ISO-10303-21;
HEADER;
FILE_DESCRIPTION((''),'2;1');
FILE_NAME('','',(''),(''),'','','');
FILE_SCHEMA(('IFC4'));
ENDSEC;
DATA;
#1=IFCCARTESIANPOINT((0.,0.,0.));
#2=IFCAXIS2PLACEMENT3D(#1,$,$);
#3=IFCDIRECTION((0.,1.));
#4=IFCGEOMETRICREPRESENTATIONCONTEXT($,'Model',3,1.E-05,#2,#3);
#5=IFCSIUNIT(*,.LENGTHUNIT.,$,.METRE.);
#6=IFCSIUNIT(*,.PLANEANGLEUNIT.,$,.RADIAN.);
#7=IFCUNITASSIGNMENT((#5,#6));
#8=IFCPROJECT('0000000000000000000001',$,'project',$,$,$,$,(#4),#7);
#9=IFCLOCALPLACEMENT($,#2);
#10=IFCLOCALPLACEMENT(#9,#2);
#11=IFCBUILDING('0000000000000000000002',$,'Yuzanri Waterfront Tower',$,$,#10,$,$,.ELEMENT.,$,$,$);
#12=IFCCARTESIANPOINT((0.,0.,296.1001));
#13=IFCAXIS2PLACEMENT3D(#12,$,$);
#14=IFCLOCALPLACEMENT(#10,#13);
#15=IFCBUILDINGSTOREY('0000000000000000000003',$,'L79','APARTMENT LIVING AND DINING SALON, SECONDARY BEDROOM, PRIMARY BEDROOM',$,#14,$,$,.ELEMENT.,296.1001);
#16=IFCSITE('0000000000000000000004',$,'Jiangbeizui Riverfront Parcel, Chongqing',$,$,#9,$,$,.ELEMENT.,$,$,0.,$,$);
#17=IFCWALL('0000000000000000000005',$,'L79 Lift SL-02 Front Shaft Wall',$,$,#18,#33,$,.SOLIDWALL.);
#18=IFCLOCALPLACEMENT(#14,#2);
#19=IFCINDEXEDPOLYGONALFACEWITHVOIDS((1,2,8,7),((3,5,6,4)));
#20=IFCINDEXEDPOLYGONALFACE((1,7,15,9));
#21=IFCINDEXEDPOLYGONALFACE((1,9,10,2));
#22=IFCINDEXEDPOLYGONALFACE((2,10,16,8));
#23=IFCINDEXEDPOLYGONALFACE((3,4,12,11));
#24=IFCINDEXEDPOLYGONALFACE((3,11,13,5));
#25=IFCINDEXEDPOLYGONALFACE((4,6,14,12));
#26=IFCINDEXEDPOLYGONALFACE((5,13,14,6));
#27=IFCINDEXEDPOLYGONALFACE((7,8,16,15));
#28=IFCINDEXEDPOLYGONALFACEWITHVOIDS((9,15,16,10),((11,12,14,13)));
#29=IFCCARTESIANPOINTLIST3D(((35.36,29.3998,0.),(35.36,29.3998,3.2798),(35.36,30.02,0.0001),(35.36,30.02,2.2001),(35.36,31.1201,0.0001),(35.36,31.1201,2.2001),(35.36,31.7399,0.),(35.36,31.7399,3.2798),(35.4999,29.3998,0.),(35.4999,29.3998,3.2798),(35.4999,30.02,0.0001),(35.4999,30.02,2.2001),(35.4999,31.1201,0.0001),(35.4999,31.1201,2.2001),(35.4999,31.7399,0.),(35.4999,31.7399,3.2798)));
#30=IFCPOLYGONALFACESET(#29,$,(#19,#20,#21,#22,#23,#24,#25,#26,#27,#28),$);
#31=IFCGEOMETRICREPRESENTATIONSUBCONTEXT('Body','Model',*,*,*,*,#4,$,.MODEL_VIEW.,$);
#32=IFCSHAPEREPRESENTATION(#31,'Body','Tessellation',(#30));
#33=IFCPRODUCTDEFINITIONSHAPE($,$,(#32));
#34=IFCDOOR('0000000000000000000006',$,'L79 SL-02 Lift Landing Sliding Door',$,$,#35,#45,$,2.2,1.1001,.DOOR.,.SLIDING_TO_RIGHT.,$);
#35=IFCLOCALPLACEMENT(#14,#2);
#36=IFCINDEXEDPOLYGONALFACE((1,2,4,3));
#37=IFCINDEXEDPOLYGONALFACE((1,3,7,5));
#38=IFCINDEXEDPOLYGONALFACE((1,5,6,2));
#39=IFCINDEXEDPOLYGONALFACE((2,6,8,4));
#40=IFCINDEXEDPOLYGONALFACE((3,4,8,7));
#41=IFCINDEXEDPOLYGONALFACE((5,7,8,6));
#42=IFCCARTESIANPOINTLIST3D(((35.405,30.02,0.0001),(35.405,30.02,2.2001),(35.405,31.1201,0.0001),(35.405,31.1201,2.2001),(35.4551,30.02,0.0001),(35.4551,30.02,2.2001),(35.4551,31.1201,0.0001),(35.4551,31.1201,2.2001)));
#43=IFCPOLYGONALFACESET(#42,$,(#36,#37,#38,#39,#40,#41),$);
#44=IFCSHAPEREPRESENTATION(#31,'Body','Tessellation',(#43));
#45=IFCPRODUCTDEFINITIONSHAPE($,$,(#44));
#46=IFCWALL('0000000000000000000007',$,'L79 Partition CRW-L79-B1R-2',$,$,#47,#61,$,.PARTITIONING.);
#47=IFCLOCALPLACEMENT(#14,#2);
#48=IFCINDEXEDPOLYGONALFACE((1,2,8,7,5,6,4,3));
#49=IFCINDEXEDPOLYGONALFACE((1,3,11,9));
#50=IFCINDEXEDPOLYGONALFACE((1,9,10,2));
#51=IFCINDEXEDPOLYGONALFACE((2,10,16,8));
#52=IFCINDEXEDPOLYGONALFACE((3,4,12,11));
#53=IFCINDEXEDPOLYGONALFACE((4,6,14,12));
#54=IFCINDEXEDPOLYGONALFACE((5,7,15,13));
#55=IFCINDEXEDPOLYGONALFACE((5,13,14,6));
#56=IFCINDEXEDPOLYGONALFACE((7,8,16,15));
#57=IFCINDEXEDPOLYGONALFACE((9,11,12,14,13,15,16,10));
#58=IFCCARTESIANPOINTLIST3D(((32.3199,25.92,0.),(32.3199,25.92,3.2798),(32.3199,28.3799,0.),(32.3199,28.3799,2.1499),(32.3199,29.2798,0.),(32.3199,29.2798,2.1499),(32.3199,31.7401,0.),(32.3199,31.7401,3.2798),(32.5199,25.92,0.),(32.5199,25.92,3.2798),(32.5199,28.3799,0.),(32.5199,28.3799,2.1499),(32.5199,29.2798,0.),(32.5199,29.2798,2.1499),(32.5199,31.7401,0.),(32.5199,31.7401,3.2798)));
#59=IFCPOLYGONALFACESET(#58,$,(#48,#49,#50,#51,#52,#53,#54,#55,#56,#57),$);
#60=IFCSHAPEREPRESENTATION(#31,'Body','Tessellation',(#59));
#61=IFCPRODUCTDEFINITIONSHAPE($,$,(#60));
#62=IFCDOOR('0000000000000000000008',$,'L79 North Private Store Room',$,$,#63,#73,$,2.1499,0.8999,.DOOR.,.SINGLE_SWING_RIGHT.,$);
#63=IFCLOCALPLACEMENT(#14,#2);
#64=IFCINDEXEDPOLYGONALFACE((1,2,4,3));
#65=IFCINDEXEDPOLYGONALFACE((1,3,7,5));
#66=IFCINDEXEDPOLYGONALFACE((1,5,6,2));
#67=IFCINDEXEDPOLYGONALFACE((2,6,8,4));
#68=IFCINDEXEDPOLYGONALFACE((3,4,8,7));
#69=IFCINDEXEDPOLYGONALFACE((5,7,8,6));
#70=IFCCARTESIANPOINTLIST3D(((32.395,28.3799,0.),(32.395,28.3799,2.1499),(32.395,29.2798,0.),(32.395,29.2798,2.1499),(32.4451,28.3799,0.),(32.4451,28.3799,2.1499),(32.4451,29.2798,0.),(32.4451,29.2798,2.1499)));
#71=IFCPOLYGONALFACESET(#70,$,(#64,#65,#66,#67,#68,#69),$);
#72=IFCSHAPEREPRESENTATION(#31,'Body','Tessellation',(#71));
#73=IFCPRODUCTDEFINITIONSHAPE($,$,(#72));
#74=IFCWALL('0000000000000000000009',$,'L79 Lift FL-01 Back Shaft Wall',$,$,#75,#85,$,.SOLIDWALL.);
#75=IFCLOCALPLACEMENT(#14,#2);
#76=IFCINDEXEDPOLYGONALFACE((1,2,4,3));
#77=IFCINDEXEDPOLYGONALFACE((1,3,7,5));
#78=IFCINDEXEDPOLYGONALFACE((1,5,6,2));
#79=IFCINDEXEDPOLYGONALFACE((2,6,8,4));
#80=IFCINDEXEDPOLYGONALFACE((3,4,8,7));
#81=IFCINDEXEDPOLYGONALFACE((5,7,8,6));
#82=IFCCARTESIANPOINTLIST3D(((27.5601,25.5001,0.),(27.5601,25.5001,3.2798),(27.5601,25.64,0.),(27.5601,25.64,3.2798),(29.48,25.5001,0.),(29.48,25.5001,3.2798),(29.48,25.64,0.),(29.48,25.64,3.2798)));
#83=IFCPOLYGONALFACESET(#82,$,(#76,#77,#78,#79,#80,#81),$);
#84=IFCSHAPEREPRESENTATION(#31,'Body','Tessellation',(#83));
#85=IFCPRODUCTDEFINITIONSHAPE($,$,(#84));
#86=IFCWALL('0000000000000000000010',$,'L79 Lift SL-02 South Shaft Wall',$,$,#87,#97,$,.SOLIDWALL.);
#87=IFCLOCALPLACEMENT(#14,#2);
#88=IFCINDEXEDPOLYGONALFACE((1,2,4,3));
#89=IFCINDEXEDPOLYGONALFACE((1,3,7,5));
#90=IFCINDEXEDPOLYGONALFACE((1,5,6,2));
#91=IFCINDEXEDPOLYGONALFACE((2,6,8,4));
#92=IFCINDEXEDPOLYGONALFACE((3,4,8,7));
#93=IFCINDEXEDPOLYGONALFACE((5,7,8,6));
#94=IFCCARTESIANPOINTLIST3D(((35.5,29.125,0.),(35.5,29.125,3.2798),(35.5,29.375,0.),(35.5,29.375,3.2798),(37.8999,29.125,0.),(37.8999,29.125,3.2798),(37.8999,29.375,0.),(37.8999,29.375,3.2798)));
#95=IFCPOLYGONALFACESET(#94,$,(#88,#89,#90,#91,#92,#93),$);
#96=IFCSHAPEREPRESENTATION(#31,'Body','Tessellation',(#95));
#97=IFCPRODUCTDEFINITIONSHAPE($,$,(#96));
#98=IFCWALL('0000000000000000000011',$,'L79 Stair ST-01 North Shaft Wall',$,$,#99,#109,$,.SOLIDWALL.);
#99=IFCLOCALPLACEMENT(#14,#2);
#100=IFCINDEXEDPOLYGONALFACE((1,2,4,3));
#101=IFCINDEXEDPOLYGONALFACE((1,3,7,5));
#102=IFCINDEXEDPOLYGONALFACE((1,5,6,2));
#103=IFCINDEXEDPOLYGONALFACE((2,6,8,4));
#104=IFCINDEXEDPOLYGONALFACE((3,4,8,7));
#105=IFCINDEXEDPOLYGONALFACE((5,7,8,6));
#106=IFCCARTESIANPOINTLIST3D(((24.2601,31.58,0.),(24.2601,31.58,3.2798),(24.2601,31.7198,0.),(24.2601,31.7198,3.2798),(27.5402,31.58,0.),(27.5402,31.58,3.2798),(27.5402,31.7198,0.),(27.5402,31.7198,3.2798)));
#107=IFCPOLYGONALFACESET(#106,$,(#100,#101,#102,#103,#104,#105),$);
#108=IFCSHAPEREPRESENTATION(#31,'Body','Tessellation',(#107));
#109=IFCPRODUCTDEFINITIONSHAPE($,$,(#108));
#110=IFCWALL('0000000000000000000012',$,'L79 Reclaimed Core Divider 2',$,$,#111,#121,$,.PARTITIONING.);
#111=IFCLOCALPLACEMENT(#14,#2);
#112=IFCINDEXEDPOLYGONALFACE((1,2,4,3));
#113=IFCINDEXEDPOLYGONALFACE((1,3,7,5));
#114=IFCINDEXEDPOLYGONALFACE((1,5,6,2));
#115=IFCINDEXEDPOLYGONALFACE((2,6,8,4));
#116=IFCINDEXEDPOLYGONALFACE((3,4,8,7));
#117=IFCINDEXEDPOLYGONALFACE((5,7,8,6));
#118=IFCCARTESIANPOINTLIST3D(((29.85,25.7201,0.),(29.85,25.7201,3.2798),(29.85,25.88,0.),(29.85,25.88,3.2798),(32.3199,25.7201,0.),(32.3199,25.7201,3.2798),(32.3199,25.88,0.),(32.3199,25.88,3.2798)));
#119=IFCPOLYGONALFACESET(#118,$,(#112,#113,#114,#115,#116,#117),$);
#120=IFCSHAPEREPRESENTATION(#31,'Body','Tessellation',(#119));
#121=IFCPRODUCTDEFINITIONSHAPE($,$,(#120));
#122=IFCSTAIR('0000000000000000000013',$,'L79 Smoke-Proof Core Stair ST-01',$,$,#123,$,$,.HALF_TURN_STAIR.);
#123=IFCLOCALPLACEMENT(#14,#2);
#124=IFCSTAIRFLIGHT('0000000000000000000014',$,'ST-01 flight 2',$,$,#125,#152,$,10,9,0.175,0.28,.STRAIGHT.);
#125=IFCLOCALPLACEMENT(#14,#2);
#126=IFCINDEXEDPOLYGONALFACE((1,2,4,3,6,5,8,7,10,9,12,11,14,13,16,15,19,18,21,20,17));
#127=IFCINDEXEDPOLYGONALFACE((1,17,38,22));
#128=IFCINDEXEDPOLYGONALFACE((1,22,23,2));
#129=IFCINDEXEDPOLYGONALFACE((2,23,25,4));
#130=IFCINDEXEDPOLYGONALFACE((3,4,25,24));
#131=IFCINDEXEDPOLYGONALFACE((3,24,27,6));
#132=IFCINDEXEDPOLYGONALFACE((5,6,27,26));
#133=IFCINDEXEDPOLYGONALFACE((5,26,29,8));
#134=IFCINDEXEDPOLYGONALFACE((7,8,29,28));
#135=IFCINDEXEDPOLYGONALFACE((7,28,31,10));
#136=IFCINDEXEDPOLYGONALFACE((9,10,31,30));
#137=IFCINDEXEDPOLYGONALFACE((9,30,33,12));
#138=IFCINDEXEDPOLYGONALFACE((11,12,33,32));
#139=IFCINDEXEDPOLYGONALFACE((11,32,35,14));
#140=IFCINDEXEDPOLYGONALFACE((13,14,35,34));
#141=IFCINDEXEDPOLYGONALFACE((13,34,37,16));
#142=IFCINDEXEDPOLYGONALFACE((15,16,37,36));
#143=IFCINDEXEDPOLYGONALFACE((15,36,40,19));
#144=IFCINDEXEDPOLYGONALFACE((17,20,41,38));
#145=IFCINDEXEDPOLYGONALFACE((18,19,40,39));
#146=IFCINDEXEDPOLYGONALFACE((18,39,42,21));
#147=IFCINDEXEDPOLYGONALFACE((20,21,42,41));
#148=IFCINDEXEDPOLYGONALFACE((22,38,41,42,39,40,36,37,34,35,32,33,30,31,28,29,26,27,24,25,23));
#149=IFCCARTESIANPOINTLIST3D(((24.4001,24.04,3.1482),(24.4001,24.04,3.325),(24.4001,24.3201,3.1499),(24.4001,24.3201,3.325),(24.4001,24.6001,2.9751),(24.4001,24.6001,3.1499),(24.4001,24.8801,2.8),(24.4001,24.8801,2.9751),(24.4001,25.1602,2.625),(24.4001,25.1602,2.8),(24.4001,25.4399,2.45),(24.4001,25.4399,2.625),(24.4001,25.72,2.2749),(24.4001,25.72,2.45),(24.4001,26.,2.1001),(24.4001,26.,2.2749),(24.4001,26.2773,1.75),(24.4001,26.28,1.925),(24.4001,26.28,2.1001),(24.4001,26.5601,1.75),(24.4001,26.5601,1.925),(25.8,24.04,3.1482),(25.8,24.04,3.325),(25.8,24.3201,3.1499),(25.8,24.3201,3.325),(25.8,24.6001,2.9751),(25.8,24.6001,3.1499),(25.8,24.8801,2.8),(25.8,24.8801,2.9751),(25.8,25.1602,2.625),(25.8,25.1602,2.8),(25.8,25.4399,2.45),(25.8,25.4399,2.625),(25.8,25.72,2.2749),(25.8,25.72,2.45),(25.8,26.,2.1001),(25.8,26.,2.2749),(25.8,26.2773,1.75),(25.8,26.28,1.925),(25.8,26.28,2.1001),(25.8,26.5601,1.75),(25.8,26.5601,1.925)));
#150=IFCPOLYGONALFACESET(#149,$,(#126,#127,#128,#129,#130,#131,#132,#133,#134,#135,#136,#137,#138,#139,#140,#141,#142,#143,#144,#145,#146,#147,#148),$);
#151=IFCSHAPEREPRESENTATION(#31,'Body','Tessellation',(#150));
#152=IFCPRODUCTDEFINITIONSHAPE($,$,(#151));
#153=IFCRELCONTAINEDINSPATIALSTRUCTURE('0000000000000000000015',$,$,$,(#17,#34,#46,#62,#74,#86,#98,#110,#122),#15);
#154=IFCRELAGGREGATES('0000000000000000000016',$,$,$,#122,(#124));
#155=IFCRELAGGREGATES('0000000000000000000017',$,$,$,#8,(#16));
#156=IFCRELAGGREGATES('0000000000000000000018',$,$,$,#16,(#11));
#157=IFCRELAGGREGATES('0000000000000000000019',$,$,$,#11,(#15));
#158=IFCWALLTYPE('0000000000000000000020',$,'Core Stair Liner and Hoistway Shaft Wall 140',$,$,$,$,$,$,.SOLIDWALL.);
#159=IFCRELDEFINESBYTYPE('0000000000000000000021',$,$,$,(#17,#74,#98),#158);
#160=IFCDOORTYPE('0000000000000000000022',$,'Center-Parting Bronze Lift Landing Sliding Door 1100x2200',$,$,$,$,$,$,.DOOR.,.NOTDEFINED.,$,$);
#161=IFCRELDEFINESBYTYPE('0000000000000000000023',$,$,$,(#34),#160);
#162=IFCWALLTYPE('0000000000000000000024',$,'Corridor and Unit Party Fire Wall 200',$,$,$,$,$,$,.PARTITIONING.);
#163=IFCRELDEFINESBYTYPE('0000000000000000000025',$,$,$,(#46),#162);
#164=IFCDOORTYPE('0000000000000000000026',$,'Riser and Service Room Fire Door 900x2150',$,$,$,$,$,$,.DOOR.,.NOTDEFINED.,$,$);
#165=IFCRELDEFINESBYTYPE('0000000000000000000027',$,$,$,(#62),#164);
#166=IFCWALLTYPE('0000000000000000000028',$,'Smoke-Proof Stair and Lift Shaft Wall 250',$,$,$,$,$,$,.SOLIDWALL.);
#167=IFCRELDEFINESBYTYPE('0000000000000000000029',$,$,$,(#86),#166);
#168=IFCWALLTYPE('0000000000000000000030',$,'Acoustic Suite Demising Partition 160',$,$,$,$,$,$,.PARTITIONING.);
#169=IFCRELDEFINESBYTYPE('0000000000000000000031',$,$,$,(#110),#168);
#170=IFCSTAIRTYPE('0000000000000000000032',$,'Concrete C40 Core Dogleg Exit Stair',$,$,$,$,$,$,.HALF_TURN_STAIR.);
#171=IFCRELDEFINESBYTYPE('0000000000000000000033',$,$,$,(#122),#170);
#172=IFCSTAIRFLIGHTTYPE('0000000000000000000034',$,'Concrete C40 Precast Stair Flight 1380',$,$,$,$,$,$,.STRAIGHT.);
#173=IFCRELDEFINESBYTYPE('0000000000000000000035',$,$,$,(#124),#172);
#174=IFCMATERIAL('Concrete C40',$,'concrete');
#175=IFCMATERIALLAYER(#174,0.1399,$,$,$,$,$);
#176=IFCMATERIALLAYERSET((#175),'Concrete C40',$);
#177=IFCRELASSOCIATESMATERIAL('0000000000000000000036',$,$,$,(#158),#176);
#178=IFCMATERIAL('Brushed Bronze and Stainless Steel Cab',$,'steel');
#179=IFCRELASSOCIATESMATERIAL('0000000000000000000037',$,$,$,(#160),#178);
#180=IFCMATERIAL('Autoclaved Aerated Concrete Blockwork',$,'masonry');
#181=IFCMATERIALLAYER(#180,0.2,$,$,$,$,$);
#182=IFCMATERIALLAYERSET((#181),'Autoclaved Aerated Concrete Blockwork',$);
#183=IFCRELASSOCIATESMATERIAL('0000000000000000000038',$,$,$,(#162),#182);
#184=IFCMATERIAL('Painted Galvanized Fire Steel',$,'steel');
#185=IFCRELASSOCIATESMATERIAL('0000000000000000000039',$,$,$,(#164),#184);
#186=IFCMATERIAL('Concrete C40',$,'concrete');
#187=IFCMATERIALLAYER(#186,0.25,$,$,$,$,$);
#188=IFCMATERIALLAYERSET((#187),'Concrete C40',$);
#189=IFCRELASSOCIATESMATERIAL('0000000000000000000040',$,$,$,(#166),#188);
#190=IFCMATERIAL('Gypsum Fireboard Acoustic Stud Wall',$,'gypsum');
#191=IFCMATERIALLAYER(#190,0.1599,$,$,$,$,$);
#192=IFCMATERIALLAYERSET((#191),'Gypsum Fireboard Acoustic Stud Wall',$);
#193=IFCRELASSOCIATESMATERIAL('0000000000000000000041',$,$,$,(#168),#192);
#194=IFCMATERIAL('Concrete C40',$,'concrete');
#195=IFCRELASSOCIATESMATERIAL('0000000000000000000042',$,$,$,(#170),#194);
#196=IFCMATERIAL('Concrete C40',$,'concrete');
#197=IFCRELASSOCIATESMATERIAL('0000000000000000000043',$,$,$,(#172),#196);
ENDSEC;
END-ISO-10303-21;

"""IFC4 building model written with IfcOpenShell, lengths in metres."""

from ifc_helpers import new_model, si_unit, direction, frame, frame_2d, origin, place, context, subcontext, project, spatial, polyline, rectangle, outline, extrude, source, transform, mapped, material, layer, layer_set, type_object, element, fill, aggregate, save


model = new_model("IFC4")

# Units and contexts
model_context = context("Model", 3, precision=1e-05, world=origin(), true_north=direction((0.0, 1.0)))
body_context = subcontext(model_context, "Body", "Model", "MODEL_VIEW")
ifc_project = project(units=[si_unit("LENGTHUNIT", "METRE"), si_unit("PLANEANGLEUNIT", "RADIAN")], contexts=[model_context])

# Site, building, storey
site_placement = place(None, origin())
site = spatial("IfcSite", under=ifc_project, at=site_placement, Name="Jiangbeizui Riverfront Parcel, Chongqing", CompositionType="ELEMENT", RefElevation=0.0)
building_placement = place(site_placement, origin())
building = spatial("IfcBuilding", under=site, at=building_placement, Name="Yuzanri Waterfront Tower", CompositionType="ELEMENT")
storey_placement = place(building_placement, frame((0.0, 0.0, 296.1001)))
storey = spatial("IfcBuildingStorey", under=building, at=storey_placement, Name="L79", Description="APARTMENT LIVING AND DINING SALON, SECONDARY BEDROOM, PRIMARY BEDROOM", CompositionType="ELEMENT", Elevation=296.1001)

# Walls, openings, doors
ifc_material_1 = material(Name="Concrete C40", Category="concrete")
ifc_layer_1 = layer(ifc_material_1, 0.1399)
ifc_layer_set_1 = layer_set([ifc_layer_1], Name="Concrete C40")
wall_type_1 = type_object("IfcWallType", Name="Core Stair Liner and Hoistway Shaft Wall 140", PredefinedType="SOLIDWALL", material=ifc_layer_set_1)
wall_1_placement = place(storey_placement, frame((35.4299, 29.3999, 0.0), z_axis=(0.0, 0.0, 1.0), x_axis=(0.0, 1.0, 0.0)))
wall_1 = element("IfcWall", 1, at=wall_1_placement, inside=storey, type_object=wall_type_1, Name="L79 Lift SL-02 Front Shaft Wall", PredefinedType="SOLIDWALL", context=body_context, shape_type="SweptSolid", body=[
    extrude(rectangle(XDim=2.3401, YDim=0.1399, at=frame_2d((1.1699, 0.0))), origin(), (0.0, 0.0, 1.0), 3.2798),
])
opening_1_placement = place(wall_1_placement, frame((0.6201, 0.0, 0.0)))
opening_1 = element("IfcOpeningElement", 2, at=opening_1_placement, cuts=wall_1, PredefinedType="OPENING", context=body_context, shape_type="SweptSolid", body=[
    extrude(rectangle(XDim=1.1001, YDim=2.2, at=frame_2d((0.55, 1.1001))), frame((0.0, 0.085, 0.0), z_axis=(0.0, -1.0, 0.0), x_axis=(1.0, 0.0, 0.0)), (0.0, 0.0, 1.0), 0.1697),
])
ifc_material_2 = material(Name="Brushed Bronze and Stainless Steel Cab", Category="steel")
door_type_1 = type_object("IfcDoorType", Name="Center-Parting Bronze Lift Landing Sliding Door 1100x2200", OperationType="NOTDEFINED", PredefinedType="DOOR", material=ifc_material_2)
shared_shape_1 = source(origin(), body_context, "Body", "SweptSolid", [
    extrude(rectangle(XDim=1.1001, YDim=2.2, at=frame_2d((0.55, 1.1001))), frame((0.0, 0.0249, 0.0), z_axis=(0.0, -1.0, 0.0), x_axis=(1.0, 0.0, 0.0)), (0.0, 0.0, 1.0), 0.05),
])
door_1_placement = place(opening_1_placement, origin())
door_1 = element("IfcDoor", 3, at=door_1_placement, inside=storey, type_object=door_type_1, Name="L79 SL-02 Lift Landing Sliding Door", OperationType="SLIDING_TO_RIGHT", OverallHeight=2.2, OverallWidth=1.1001, PredefinedType="DOOR", context=body_context, shape_type="MappedRepresentation", body=[
    mapped(shared_shape_1, transform((0.0, 0.0, 0.0), scale=1.0)),
])
fill(opening_1, door_1)
ifc_material_3 = material(Name="Autoclaved Aerated Concrete Blockwork", Category="masonry")
ifc_layer_2 = layer(ifc_material_3, 0.2)
ifc_layer_set_2 = layer_set([ifc_layer_2], Name="Autoclaved Aerated Concrete Blockwork")
wall_type_2 = type_object("IfcWallType", Name="Corridor and Unit Party Fire Wall 200", PredefinedType="PARTITIONING", material=ifc_layer_set_2)
ifc_material_4 = material(Name="Painted Galvanized Fire Steel", Category="steel")
door_type_2 = type_object("IfcDoorType", Name="Riser and Service Room Fire Door 900x2150", OperationType="NOTDEFINED", PredefinedType="DOOR", material=ifc_material_4)
shared_shape_2 = source(origin(), body_context, "Body", "SweptSolid", [
    extrude(rectangle(XDim=0.8999, YDim=2.1499, at=frame_2d((0.45, 1.075))), frame((0.0, 0.0249, 0.0), z_axis=(0.0, -1.0, 0.0), x_axis=(1.0, 0.0, 0.0)), (0.0, 0.0, 1.0), 0.05),
])
wall_2_placement = place(storey_placement, frame((32.4199, 25.9199, 0.0), z_axis=(0.0, 0.0, 1.0), x_axis=(0.0, 1.0, 0.0)))
wall_2 = element("IfcWall", 4, at=wall_2_placement, inside=storey, type_object=wall_type_2, Name="L79 Partition CRW-L79-B1R-2", PredefinedType="PARTITIONING", context=body_context, shape_type="SweptSolid", body=[
    extrude(rectangle(XDim=5.8201, YDim=0.2, at=frame_2d((2.9102, 0.0))), origin(), (0.0, 0.0, 1.0), 3.2798),
])
opening_2_placement = place(wall_2_placement, frame((2.46, 0.0, 0.0)))
opening_2 = element("IfcOpeningElement", 5, at=opening_2_placement, cuts=wall_2, PredefinedType="OPENING", context=body_context, shape_type="SweptSolid", body=[
    extrude(rectangle(XDim=0.8999, YDim=2.1499, at=frame_2d((0.45, 1.075))), frame((0.0, 0.1147, 0.0), z_axis=(0.0, -1.0, 0.0), x_axis=(1.0, 0.0, 0.0)), (0.0, 0.0, 1.0), 0.2297),
])
door_2_placement = place(opening_2_placement, origin())
door_2 = element("IfcDoor", 6, at=door_2_placement, inside=storey, type_object=door_type_2, Name="L79 North Private Store Room", OperationType="SINGLE_SWING_RIGHT", OverallHeight=2.1499, OverallWidth=0.8999, PredefinedType="DOOR", context=body_context, shape_type="MappedRepresentation", body=[
    mapped(shared_shape_2, transform((0.0, 0.0, 0.0), scale=1.0)),
])
fill(opening_2, door_2)

# Walls
shared_shape_3 = source(origin(), body_context, "Body", "SweptSolid", [
    extrude(rectangle(XDim=1.9199, YDim=0.1399, at=frame_2d((0.96, 0.0))), origin(), (0.0, 0.0, 1.0), 3.2798),
])
wall_3_placement = place(storey_placement, frame((27.5601, 25.5701, 0.0), z_axis=(0.0, 0.0, 1.0), x_axis=(1.0, 0.0, 0.0)))
element("IfcWall", 7, at=wall_3_placement, inside=storey, type_object=wall_type_1, Name="L79 Lift FL-01 Back Shaft Wall", PredefinedType="SOLIDWALL", context=body_context, shape_type="MappedRepresentation", body=[
    mapped(shared_shape_3, transform((0.0, 0.0, 0.0), scale=1.0)),
])
ifc_material_5 = material(Name="Concrete C40", Category="concrete")
ifc_layer_3 = layer(ifc_material_5, 0.25)
ifc_layer_set_3 = layer_set([ifc_layer_3], Name="Concrete C40")
wall_type_3 = type_object("IfcWallType", Name="Smoke-Proof Stair and Lift Shaft Wall 250", PredefinedType="SOLIDWALL", material=ifc_layer_set_3)
shared_shape_4 = source(origin(), body_context, "Body", "SweptSolid", [
    extrude(rectangle(XDim=2.3999, YDim=0.25, at=frame_2d((1.2, 0.0))), origin(), (0.0, 0.0, 1.0), 3.2798),
])
wall_4_placement = place(storey_placement, frame((35.5, 29.25, 0.0), z_axis=(0.0, 0.0, 1.0), x_axis=(1.0, 0.0, 0.0)))
element("IfcWall", 8, at=wall_4_placement, inside=storey, type_object=wall_type_3, Name="L79 Lift SL-02 South Shaft Wall", PredefinedType="SOLIDWALL", context=body_context, shape_type="MappedRepresentation", body=[
    mapped(shared_shape_4, transform((0.0, 0.0, 0.0), scale=1.0)),
])
shared_shape_5 = source(origin(), body_context, "Body", "SweptSolid", [
    extrude(rectangle(XDim=3.28, YDim=0.1399, at=frame_2d((1.6401, 0.0))), origin(), (0.0, 0.0, 1.0), 3.2798),
])
wall_5_placement = place(storey_placement, frame((24.26, 31.6499, 0.0), z_axis=(0.0, 0.0, 1.0), x_axis=(1.0, 0.0, 0.0)))
element("IfcWall", 9, at=wall_5_placement, inside=storey, type_object=wall_type_1, Name="L79 Stair ST-01 North Shaft Wall", PredefinedType="SOLIDWALL", context=body_context, shape_type="MappedRepresentation", body=[
    mapped(shared_shape_5, transform((0.0, 0.0, 0.0), scale=1.0)),
])
ifc_material_6 = material(Name="Gypsum Fireboard Acoustic Stud Wall", Category="gypsum")
ifc_layer_4 = layer(ifc_material_6, 0.1599)
ifc_layer_set_4 = layer_set([ifc_layer_4], Name="Gypsum Fireboard Acoustic Stud Wall")
wall_type_4 = type_object("IfcWallType", Name="Acoustic Suite Demising Partition 160", PredefinedType="PARTITIONING", material=ifc_layer_set_4)
shared_shape_6 = source(origin(), body_context, "Body", "SweptSolid", [
    extrude(rectangle(XDim=2.47, YDim=0.1599, at=frame_2d((1.2349, 0.0))), origin(), (0.0, 0.0, 1.0), 3.2798),
])
wall_6_placement = place(storey_placement, frame((29.8501, 25.8, 0.0), z_axis=(0.0, 0.0, 1.0), x_axis=(1.0, 0.0, 0.0)))
element("IfcWall", 10, at=wall_6_placement, inside=storey, type_object=wall_type_4, Name="L79 Reclaimed Core Divider 2", PredefinedType="PARTITIONING", context=body_context, shape_type="MappedRepresentation", body=[
    mapped(shared_shape_6, transform((0.0, 0.0, 0.0), scale=1.0)),
])

# Stair, stair flight
ifc_material_7 = material(Name="Concrete C40", Category="concrete")
stair_type = type_object("IfcStairType", Name="Concrete C40 Core Dogleg Exit Stair", PredefinedType="HALF_TURN_STAIR", material=ifc_material_7)
stair_placement = place(storey_placement, origin())
stair = element("IfcStair", 11, at=stair_placement, inside=storey, type_object=stair_type, Name="L79 Smoke-Proof Core Stair ST-01", PredefinedType="HALF_TURN_STAIR")
ifc_material_8 = material(Name="Concrete C40", Category="concrete")
stair_flight_type = type_object("IfcStairFlightType", Name="Concrete C40 Precast Stair Flight 1380", PredefinedType="STRAIGHT", material=ifc_material_8)
shared_shape_7 = source(origin(), body_context, "Body", "SweptSolid", [
    extrude(outline(polyline([(0.0, 0.0), (0.0, 0.175), (0.28, 0.175), (0.28, 0.3501), (0.5601, 0.3501), (0.5601, 0.5249), (0.8401, 0.5249), (0.8401, 0.7), (1.1201, 0.7), (1.1201, 0.875), (1.3999, 0.875), (1.3999, 1.05), (1.6799, 1.05), (1.6799, 1.2251), (1.96, 1.2251), (1.96, 1.3999), (2.24, 1.3999), (2.24, 1.575), (2.52, 1.575), (2.52, 1.75), (2.52, 1.3982), (0.2827, 0.0), (0.0, 0.0)])), frame((0.0, 0.7, 0.0), z_axis=(0.0, -1.0, 0.0), x_axis=(1.0, 0.0, 0.0)), (0.0, 0.0, 1.0), 1.3999),
])
stair_flight_placement = place(storey_placement, frame((25.1001, 26.5601, 1.75), z_axis=(0.0, 0.0, 1.0), x_axis=(0.0, -1.0, 0.0)))
stair_flight = element("IfcStairFlight", 12, at=stair_flight_placement, type_object=stair_flight_type, Name="ST-01 flight 2", NumberOfRisers=10, NumberOfTreads=9, PredefinedType="STRAIGHT", RiserHeight=0.175, TreadLength=0.28, context=body_context, shape_type="MappedRepresentation", body=[
    mapped(shared_shape_7, transform((0.0, 0.0, 0.0), scale=1.0)),
])
aggregate(stair, [stair_flight])

save(model, "model.ifc")
